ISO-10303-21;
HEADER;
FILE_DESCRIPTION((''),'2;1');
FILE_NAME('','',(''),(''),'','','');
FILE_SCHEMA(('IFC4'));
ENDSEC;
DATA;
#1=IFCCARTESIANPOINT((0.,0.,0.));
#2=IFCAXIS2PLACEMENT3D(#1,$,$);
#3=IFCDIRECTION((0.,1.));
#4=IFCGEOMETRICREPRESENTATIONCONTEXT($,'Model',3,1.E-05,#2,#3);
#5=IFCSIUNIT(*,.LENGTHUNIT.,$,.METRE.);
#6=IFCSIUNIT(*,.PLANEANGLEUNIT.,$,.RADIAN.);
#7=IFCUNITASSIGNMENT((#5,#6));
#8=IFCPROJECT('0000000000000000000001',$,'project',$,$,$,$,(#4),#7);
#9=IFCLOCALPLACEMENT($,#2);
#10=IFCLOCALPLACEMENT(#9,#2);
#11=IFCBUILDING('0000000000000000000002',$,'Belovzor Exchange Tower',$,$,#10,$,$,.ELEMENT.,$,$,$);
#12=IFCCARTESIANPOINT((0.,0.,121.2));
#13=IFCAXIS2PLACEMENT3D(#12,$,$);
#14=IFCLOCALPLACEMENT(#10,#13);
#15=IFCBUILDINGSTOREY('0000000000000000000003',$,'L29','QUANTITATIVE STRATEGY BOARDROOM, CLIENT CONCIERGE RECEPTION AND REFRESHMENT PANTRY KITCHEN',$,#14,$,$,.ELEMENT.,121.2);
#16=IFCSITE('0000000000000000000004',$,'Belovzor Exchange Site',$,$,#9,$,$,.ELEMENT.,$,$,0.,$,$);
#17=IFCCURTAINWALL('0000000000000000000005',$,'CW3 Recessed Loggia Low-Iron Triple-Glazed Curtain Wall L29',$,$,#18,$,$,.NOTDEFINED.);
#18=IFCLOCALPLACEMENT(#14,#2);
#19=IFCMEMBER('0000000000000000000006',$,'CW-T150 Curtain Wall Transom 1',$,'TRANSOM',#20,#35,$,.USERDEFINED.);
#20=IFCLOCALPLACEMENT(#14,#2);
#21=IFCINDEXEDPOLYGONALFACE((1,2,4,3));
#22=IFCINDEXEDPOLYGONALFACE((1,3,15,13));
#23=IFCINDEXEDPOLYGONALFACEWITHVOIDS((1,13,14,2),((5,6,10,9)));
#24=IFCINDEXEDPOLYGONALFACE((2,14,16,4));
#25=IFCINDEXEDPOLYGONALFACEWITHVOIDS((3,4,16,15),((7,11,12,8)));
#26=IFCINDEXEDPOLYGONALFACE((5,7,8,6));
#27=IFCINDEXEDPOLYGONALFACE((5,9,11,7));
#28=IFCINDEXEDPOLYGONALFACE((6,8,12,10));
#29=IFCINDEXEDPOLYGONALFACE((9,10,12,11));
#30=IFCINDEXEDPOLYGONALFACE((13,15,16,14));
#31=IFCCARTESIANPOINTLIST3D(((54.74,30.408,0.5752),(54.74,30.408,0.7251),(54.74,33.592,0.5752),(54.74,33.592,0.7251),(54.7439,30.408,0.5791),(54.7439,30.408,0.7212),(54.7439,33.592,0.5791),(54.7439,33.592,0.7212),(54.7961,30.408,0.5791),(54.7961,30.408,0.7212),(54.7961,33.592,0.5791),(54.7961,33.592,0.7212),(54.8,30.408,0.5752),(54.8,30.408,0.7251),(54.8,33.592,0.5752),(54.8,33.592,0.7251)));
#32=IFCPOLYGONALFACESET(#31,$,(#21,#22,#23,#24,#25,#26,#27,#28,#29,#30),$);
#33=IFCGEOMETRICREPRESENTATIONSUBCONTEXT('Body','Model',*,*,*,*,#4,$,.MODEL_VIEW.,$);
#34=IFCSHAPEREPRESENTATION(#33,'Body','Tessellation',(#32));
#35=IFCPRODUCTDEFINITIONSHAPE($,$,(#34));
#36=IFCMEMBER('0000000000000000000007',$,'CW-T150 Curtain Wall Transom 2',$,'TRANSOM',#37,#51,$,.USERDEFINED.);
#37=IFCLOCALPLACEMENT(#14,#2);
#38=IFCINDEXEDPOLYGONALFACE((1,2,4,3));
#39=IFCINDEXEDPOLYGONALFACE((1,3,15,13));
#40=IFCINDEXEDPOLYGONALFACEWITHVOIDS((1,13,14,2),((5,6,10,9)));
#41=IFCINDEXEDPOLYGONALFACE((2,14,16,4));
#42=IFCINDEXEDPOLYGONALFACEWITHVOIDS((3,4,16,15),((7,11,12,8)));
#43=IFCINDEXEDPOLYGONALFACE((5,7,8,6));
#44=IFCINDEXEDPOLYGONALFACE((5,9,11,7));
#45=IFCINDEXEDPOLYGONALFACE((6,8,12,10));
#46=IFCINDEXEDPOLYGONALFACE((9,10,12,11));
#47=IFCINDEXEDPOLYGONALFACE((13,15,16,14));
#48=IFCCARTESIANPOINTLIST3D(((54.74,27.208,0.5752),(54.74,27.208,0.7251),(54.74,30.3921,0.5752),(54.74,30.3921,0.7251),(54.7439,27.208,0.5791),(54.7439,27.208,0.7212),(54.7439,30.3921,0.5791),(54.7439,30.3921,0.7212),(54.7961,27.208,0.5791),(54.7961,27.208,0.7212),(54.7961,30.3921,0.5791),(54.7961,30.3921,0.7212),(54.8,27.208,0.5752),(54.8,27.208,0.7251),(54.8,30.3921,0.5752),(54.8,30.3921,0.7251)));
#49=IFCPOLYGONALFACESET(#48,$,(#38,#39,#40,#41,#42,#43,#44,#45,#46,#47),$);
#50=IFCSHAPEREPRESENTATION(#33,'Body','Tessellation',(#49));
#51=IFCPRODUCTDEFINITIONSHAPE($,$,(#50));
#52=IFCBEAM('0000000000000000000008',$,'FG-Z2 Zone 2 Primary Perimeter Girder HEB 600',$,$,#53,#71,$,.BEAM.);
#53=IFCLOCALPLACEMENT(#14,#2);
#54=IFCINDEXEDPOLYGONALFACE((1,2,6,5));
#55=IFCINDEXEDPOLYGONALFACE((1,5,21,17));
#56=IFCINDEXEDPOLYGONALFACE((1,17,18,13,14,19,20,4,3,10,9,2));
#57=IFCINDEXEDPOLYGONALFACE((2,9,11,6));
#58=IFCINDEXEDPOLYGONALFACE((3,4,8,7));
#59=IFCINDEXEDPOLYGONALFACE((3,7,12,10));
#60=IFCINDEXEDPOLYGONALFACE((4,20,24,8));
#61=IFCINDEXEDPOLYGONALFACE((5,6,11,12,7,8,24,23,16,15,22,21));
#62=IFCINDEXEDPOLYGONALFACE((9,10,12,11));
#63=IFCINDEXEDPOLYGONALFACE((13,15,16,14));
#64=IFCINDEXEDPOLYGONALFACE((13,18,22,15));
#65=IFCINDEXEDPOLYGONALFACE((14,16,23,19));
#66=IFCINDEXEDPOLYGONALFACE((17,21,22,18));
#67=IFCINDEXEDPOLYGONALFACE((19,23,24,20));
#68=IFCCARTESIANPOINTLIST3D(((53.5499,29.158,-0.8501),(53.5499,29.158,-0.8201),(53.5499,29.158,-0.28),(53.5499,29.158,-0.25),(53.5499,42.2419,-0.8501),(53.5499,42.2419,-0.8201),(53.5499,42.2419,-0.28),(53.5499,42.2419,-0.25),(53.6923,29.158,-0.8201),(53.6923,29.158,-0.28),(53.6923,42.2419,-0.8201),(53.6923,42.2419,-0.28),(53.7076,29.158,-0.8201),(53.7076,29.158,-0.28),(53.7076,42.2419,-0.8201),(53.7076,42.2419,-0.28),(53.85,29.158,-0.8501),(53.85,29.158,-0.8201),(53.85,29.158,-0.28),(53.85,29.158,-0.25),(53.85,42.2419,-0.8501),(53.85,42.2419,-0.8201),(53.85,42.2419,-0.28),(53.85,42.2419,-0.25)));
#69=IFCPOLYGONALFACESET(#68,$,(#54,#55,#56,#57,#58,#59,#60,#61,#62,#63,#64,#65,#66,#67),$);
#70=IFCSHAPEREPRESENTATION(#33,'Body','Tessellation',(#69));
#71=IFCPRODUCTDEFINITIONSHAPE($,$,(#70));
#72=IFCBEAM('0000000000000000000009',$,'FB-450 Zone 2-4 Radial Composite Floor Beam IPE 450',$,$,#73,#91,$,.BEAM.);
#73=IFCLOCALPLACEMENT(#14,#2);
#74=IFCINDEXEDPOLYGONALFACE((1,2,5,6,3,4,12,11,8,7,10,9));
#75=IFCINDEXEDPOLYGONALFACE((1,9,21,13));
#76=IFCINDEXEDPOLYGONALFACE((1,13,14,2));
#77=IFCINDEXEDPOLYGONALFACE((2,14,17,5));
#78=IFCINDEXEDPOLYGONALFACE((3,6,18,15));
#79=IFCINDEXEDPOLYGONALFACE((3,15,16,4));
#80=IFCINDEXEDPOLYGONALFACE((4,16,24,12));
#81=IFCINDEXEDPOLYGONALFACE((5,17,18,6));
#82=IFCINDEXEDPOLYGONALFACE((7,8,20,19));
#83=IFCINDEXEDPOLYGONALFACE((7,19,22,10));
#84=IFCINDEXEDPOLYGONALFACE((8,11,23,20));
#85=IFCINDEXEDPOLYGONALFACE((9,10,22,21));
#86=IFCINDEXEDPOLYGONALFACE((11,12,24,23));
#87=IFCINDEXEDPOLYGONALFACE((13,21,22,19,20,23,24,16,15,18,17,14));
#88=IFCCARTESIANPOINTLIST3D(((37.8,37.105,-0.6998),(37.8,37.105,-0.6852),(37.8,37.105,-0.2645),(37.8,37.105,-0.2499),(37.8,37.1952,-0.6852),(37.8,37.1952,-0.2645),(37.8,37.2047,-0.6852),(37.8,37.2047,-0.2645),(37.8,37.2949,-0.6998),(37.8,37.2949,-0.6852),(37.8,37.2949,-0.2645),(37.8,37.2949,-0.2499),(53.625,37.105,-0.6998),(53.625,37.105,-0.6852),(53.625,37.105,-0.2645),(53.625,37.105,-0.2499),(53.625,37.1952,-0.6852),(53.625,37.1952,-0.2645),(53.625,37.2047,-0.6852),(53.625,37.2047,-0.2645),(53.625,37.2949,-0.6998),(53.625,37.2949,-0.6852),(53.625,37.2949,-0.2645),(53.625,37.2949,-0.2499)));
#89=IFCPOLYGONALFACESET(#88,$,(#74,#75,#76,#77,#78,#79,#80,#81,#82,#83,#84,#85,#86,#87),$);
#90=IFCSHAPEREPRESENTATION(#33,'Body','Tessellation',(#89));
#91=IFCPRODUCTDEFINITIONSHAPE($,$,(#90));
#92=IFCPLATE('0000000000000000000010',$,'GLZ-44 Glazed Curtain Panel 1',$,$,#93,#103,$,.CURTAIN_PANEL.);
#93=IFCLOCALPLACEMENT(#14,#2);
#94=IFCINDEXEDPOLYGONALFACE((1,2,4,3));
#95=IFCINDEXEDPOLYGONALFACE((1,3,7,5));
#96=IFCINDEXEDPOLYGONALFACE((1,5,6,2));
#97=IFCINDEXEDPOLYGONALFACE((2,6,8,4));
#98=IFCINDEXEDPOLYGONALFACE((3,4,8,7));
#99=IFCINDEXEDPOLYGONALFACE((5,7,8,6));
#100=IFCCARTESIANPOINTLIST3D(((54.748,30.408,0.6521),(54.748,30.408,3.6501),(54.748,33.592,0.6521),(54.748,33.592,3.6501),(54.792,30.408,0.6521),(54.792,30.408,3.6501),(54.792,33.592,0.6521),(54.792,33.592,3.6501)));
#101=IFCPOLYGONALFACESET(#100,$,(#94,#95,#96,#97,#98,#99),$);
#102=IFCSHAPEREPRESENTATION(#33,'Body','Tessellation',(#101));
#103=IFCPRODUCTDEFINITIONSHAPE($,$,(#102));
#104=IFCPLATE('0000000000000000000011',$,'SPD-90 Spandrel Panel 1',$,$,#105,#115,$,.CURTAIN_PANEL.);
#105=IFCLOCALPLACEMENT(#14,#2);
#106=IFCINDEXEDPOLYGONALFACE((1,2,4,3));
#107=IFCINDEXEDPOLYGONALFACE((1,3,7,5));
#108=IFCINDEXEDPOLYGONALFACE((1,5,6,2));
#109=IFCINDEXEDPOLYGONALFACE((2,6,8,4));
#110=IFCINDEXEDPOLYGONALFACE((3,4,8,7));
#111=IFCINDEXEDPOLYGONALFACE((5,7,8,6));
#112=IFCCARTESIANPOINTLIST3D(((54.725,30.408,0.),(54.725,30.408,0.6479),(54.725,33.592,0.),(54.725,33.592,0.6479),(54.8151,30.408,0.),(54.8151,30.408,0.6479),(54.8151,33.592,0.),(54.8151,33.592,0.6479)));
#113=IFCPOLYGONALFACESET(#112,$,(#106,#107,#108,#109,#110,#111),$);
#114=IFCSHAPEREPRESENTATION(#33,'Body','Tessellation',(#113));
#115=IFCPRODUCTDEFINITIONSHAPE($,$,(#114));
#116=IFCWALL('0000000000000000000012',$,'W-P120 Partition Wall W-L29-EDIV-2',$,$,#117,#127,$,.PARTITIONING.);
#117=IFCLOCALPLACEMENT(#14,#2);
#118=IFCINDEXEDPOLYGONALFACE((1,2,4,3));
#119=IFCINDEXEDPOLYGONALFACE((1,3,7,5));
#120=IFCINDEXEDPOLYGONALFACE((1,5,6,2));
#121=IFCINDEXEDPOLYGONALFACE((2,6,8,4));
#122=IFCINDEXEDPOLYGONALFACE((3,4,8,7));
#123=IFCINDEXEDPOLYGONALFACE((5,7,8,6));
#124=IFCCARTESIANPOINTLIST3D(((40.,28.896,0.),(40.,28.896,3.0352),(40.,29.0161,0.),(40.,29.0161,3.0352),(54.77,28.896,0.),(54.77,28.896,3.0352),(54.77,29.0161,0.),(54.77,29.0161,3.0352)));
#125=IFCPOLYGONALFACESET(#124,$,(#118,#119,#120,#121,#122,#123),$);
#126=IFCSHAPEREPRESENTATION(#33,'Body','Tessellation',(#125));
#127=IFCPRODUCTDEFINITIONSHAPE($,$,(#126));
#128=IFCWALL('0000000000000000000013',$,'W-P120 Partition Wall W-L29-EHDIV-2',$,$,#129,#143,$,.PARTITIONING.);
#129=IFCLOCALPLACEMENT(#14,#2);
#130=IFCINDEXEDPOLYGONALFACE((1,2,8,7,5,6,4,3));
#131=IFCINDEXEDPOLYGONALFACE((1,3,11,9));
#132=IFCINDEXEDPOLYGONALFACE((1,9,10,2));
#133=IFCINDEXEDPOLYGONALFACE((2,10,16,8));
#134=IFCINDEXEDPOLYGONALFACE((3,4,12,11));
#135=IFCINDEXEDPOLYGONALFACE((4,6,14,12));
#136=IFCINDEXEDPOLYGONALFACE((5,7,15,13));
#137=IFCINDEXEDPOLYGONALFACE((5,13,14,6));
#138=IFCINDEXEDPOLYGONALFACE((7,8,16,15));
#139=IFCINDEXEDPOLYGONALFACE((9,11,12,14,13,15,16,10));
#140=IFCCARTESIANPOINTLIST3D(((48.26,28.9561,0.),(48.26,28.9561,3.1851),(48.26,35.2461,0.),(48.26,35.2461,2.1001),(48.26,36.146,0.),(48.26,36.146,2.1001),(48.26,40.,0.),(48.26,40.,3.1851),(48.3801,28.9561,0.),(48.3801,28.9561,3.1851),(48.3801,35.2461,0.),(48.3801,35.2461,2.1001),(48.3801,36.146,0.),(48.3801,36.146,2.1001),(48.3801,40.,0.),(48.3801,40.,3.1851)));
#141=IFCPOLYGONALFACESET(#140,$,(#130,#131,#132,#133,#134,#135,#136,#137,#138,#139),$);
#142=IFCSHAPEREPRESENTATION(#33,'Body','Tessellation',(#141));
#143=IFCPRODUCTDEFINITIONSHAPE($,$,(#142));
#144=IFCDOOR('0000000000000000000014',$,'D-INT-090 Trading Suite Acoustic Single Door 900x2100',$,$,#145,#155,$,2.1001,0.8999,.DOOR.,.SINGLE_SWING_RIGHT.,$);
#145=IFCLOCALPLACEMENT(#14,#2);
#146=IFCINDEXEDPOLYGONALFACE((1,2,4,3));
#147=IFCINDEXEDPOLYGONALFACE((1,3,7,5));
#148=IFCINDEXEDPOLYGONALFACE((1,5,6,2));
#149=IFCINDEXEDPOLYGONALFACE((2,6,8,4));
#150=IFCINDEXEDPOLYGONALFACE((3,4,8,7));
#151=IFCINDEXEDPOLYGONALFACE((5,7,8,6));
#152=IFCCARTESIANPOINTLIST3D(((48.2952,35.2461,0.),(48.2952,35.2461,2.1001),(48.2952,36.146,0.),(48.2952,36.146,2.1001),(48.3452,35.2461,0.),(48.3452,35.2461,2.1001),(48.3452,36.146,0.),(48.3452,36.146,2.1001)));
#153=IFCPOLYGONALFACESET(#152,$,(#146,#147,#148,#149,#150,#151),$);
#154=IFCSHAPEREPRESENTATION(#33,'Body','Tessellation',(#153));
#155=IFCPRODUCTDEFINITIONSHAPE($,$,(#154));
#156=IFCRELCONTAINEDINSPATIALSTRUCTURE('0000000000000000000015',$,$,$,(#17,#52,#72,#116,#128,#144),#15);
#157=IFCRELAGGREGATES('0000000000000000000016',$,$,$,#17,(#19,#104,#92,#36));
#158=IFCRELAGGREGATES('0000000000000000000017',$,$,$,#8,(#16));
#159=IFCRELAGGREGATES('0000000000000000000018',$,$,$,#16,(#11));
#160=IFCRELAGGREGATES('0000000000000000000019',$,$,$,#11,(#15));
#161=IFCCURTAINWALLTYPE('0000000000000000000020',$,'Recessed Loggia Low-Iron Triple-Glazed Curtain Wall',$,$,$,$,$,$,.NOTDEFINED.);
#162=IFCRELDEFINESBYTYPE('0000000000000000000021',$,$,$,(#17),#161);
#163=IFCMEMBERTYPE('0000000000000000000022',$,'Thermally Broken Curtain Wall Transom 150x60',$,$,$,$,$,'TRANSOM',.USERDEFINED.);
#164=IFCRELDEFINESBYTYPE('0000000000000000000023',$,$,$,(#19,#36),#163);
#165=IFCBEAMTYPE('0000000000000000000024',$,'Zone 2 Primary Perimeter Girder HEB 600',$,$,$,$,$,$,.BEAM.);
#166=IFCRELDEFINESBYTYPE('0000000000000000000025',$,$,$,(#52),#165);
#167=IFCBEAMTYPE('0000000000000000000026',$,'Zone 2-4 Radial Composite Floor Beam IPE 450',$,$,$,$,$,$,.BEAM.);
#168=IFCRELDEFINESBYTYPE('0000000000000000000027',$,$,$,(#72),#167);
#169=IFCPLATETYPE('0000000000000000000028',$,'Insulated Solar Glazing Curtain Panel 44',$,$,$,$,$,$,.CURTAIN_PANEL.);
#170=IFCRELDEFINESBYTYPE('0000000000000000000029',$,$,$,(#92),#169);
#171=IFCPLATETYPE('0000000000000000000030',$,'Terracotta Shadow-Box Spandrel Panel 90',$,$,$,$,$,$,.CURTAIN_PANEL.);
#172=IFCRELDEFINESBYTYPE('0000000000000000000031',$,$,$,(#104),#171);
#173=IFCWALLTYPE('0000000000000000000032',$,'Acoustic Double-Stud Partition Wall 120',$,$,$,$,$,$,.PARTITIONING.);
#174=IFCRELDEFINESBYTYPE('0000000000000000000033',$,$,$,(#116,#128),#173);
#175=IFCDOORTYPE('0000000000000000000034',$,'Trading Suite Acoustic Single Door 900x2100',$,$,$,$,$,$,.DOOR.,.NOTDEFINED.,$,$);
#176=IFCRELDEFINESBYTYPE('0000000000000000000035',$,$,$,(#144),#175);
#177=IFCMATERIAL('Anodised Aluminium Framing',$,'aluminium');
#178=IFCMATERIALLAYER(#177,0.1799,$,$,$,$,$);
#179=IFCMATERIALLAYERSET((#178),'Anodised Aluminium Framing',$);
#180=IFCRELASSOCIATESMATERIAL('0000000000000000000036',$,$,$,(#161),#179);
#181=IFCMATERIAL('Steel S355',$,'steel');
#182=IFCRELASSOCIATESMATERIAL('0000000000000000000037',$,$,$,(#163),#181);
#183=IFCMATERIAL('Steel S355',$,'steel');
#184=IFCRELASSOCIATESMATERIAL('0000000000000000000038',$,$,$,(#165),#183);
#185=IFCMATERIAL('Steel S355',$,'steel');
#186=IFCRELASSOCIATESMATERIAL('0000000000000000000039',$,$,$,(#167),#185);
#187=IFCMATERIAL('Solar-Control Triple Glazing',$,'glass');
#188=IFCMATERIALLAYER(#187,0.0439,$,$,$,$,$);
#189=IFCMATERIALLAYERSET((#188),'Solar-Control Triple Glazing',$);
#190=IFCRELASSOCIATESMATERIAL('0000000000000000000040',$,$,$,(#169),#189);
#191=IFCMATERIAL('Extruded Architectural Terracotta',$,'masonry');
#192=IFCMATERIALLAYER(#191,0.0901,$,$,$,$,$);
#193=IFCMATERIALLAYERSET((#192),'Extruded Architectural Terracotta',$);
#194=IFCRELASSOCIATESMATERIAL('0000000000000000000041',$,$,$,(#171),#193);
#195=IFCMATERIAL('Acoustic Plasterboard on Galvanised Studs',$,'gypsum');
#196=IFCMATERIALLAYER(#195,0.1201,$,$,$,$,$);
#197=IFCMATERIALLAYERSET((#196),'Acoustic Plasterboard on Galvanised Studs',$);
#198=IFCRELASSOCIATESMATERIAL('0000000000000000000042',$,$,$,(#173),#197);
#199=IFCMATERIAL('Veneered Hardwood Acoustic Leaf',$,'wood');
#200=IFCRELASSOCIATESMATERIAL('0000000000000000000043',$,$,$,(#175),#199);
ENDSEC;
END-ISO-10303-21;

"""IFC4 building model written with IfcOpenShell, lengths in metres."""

from ifc_helpers import new_model, si_unit, direction, frame, frame_2d, origin, origin_2d, place, context, subcontext, project, spatial, rectangle, hollow_rectangle, i_section, extrude, material, layer, layer_set, material_profile, profile_set, type_object, element, fill, aggregate, save


model = new_model("IFC4")

# Units and contexts
model_context = context("Model", 3, precision=1e-05, world=origin(), true_north=direction((0.0, 1.0)))
body_context = subcontext(model_context, "Body", "Model", "MODEL_VIEW")
ifc_project = project(units=[si_unit("LENGTHUNIT", "METRE"), si_unit("PLANEANGLEUNIT", "RADIAN")], contexts=[model_context])

# Site, building, storey
site_placement = place(None, origin())
site = spatial("IfcSite", under=ifc_project, at=site_placement, Name="Belovzor Exchange Site", CompositionType="ELEMENT", RefElevation=0.0)
building_placement = place(site_placement, origin())
building = spatial("IfcBuilding", under=site, at=building_placement, Name="Belovzor Exchange Tower", CompositionType="ELEMENT")
storey_placement = place(building_placement, frame((0.0, 0.0, 121.2)))
storey = spatial("IfcBuildingStorey", under=building, at=storey_placement, Name="L29", Description="QUANTITATIVE STRATEGY BOARDROOM, CLIENT CONCIERGE RECEPTION AND REFRESHMENT PANTRY KITCHEN", CompositionType="ELEMENT", Elevation=121.2)

# Curtain wall, members
ifc_material_1 = material(Name="Anodised Aluminium Framing", Category="aluminium")
ifc_layer_1 = layer(ifc_material_1, 0.1799)
ifc_layer_set_1 = layer_set([ifc_layer_1], Name="Anodised Aluminium Framing")
curtain_wall_type = type_object("IfcCurtainWallType", Name="Recessed Loggia Low-Iron Triple-Glazed Curtain Wall", PredefinedType="NOTDEFINED", material=ifc_layer_set_1)
curtain_wall_placement = place(storey_placement, origin())
curtain_wall = element("IfcCurtainWall", 1, at=curtain_wall_placement, inside=storey, type_object=curtain_wall_type, Name="CW3 Recessed Loggia Low-Iron Triple-Glazed Curtain Wall L29", PredefinedType="NOTDEFINED")
ifc_material_2 = material(Name="Steel S355", Category="steel")
ifc_material_profile_1 = material_profile(ifc_material_2, hollow_rectangle(XDim=0.0601, YDim=0.1499, WallThickness=0.0039, at=origin_2d()))
ifc_profile_set_1 = profile_set([ifc_material_profile_1], Name="Steel S355")
member_type_1 = type_object("IfcMemberType", Name="Thermally Broken Curtain Wall Transom 150x60", ElementType="TRANSOM", PredefinedType="USERDEFINED", material=ifc_profile_set_1)
member_1_placement = place(storey_placement, frame((54.77, 33.592, 0.6501), z_axis=(0.0, -1.0, 0.0), x_axis=(1.0, 0.0, 0.0)))
member_1 = element("IfcMember", 2, at=member_1_placement, type_object=member_type_1, Name="CW-T150 Curtain Wall Transom 1", ObjectType="TRANSOM", PredefinedType="USERDEFINED", context=body_context, shape_type="SweptSolid", body=[
    extrude(hollow_rectangle(XDim=0.0601, YDim=0.1499, WallThickness=0.0039, at=origin_2d()), origin(), (0.0, 0.0, 1.0), 3.1841),
])
member_2_placement = place(storey_placement, frame((54.77, 30.3921, 0.6501), z_axis=(0.0, -1.0, 0.0), x_axis=(1.0, 0.0, 0.0)))
member_2 = element("IfcMember", 3, at=member_2_placement, type_object=member_type_1, Name="CW-T150 Curtain Wall Transom 2", ObjectType="TRANSOM", PredefinedType="USERDEFINED", context=body_context, shape_type="SweptSolid", body=[
    extrude(hollow_rectangle(XDim=0.0601, YDim=0.1499, WallThickness=0.0039, at=origin_2d()), origin(), (0.0, 0.0, 1.0), 3.1841),
])

# Beams
ifc_material_3 = material(Name="Steel S355", Category="steel")
ifc_material_profile_2 = material_profile(ifc_material_3, i_section(OverallWidth=0.3, OverallDepth=0.6001, WebThickness=0.0154, FlangeThickness=0.03, at=origin_2d()))
ifc_profile_set_2 = profile_set([ifc_material_profile_2], Name="Steel S355")
beam_type_1 = type_object("IfcBeamType", Name="Zone 2 Primary Perimeter Girder HEB 600", PredefinedType="BEAM", material=ifc_profile_set_2)
beam_1_placement = place(storey_placement, frame((53.7, 29.158, -0.55), z_axis=(0.0, 1.0, 0.0), x_axis=(-1.0, 0.0, 0.0)))
element("IfcBeam", 4, at=beam_1_placement, inside=storey, type_object=beam_type_1, Name="FG-Z2 Zone 2 Primary Perimeter Girder HEB 600", PredefinedType="BEAM", context=body_context, shape_type="SweptSolid", body=[
    extrude(i_section(OverallWidth=0.3, OverallDepth=0.6001, WebThickness=0.0154, FlangeThickness=0.03, at=origin_2d()), origin(), (0.0, 0.0, 1.0), 13.084),
])
ifc_material_4 = material(Name="Steel S355", Category="steel")
ifc_material_profile_3 = material_profile(ifc_material_4, i_section(OverallWidth=0.1899, OverallDepth=0.45, WebThickness=0.0095, FlangeThickness=0.0146, at=origin_2d()))
ifc_profile_set_3 = profile_set([ifc_material_profile_3], Name="Steel S355")
beam_type_2 = type_object("IfcBeamType", Name="Zone 2-4 Radial Composite Floor Beam IPE 450", PredefinedType="BEAM", material=ifc_profile_set_3)
beam_2_placement = place(storey_placement, frame((37.8, 37.2, -0.4749), z_axis=(1.0, 0.0, 0.0), x_axis=(0.0, 1.0, 0.0)))
element("IfcBeam", 5, at=beam_2_placement, inside=storey, type_object=beam_type_2, Name="FB-450 Zone 2-4 Radial Composite Floor Beam IPE 450", PredefinedType="BEAM", context=body_context, shape_type="SweptSolid", body=[
    extrude(i_section(OverallWidth=0.1899, OverallDepth=0.45, WebThickness=0.0095, FlangeThickness=0.0146, at=origin_2d()), origin(), (0.0, 0.0, 1.0), 15.825),
])

# Plates
ifc_material_5 = material(Name="Solar-Control Triple Glazing", Category="glass")
ifc_layer_2 = layer(ifc_material_5, 0.0439)
ifc_layer_set_2 = layer_set([ifc_layer_2], Name="Solar-Control Triple Glazing")
plate_type_1 = type_object("IfcPlateType", Name="Insulated Solar Glazing Curtain Panel 44", PredefinedType="CURTAIN_PANEL", material=ifc_layer_set_2)
plate_1_placement = place(storey_placement, frame((54.77, 32.0, 0.6521), z_axis=(0.0, 0.0, 1.0), x_axis=(0.0, -1.0, 0.0)))
plate_1 = element("IfcPlate", 6, at=plate_1_placement, type_object=plate_type_1, Name="GLZ-44 Glazed Curtain Panel 1", PredefinedType="CURTAIN_PANEL", context=body_context, shape_type="SweptSolid", body=[
    extrude(rectangle(XDim=3.1841, YDim=0.0439, at=origin_2d()), origin(), (0.0, 0.0, 1.0), 2.998),
])
ifc_material_6 = material(Name="Extruded Architectural Terracotta", Category="masonry")
ifc_layer_3 = layer(ifc_material_6, 0.0901)
ifc_layer_set_3 = layer_set([ifc_layer_3], Name="Extruded Architectural Terracotta")
plate_type_2 = type_object("IfcPlateType", Name="Terracotta Shadow-Box Spandrel Panel 90", PredefinedType="CURTAIN_PANEL", material=ifc_layer_set_3)
plate_2_placement = place(storey_placement, frame((54.77, 32.0, 0.0), z_axis=(0.0, 0.0, 1.0), x_axis=(0.0, -1.0, 0.0)))
plate_2 = element("IfcPlate", 7, at=plate_2_placement, type_object=plate_type_2, Name="SPD-90 Spandrel Panel 1", PredefinedType="CURTAIN_PANEL", context=body_context, shape_type="SweptSolid", body=[
    extrude(rectangle(XDim=3.1841, YDim=0.0901, at=origin_2d()), origin(), (0.0, 0.0, 1.0), 0.6479),
])
aggregate(curtain_wall, [member_1, plate_2, plate_1, member_2])

# Wall
ifc_material_7 = material(Name="Acoustic Plasterboard on Galvanised Studs", Category="gypsum")
ifc_layer_4 = layer(ifc_material_7, 0.1201)
ifc_layer_set_4 = layer_set([ifc_layer_4], Name="Acoustic Plasterboard on Galvanised Studs")
wall_type = type_object("IfcWallType", Name="Acoustic Double-Stud Partition Wall 120", PredefinedType="PARTITIONING", material=ifc_layer_set_4)
wall_1_placement = place(storey_placement, frame((40.0, 28.9561, 0.0), z_axis=(0.0, 0.0, 1.0), x_axis=(1.0, 0.0, 0.0)))
element("IfcWall", 8, at=wall_1_placement, inside=storey, type_object=wall_type, Name="W-P120 Partition Wall W-L29-EDIV-2", PredefinedType="PARTITIONING", context=body_context, shape_type="SweptSolid", body=[
    extrude(rectangle(XDim=14.77, YDim=0.1201, at=frame_2d((7.385, 0.0))), origin(), (0.0, 0.0, 1.0), 3.0352),
])

# Wall, opening, door
wall_2_placement = place(storey_placement, frame((48.3201, 28.9561, 0.0), z_axis=(0.0, 0.0, 1.0), x_axis=(0.0, 1.0, 0.0)))
wall_2 = element("IfcWall", 9, at=wall_2_placement, inside=storey, type_object=wall_type, Name="W-P120 Partition Wall W-L29-EHDIV-2", PredefinedType="PARTITIONING", context=body_context, shape_type="SweptSolid", body=[
    extrude(rectangle(XDim=11.0439, YDim=0.1201, at=frame_2d((5.522, 0.0))), origin(), (0.0, 0.0, 1.0), 3.1851),
])
opening_placement = place(wall_2_placement, frame((6.29, 0.0, 0.0)))
opening = element("IfcOpeningElement", 10, at=opening_placement, cuts=wall_2, PredefinedType="OPENING", context=body_context, shape_type="SweptSolid", body=[
    extrude(rectangle(XDim=0.8999, YDim=2.1001, at=frame_2d((0.45, 1.05))), frame((0.0, 0.0701, 0.0), z_axis=(0.0, -1.0, 0.0), x_axis=(1.0, 0.0, 0.0)), (0.0, 0.0, 1.0), 0.1401),
])
ifc_material_8 = material(Name="Veneered Hardwood Acoustic Leaf", Category="wood")
door_type = type_object("IfcDoorType", Name="Trading Suite Acoustic Single Door 900x2100", OperationType="NOTDEFINED", PredefinedType="DOOR", material=ifc_material_8)
door_placement = place(opening_placement, origin())
door = element("IfcDoor", 11, at=door_placement, inside=storey, type_object=door_type, Name="D-INT-090 Trading Suite Acoustic Single Door 900x2100", OperationType="SINGLE_SWING_RIGHT", OverallHeight=2.1001, OverallWidth=0.8999, PredefinedType="DOOR", context=body_context, shape_type="SweptSolid", body=[
    extrude(rectangle(XDim=0.8999, YDim=2.1001, at=frame_2d((0.45, 1.05))), frame((0.0, 0.0249, 0.0), z_axis=(0.0, -1.0, 0.0), x_axis=(1.0, 0.0, 0.0)), (0.0, 0.0, 1.0), 0.05),
])
fill(opening, door)

save(model, "model.ifc")
